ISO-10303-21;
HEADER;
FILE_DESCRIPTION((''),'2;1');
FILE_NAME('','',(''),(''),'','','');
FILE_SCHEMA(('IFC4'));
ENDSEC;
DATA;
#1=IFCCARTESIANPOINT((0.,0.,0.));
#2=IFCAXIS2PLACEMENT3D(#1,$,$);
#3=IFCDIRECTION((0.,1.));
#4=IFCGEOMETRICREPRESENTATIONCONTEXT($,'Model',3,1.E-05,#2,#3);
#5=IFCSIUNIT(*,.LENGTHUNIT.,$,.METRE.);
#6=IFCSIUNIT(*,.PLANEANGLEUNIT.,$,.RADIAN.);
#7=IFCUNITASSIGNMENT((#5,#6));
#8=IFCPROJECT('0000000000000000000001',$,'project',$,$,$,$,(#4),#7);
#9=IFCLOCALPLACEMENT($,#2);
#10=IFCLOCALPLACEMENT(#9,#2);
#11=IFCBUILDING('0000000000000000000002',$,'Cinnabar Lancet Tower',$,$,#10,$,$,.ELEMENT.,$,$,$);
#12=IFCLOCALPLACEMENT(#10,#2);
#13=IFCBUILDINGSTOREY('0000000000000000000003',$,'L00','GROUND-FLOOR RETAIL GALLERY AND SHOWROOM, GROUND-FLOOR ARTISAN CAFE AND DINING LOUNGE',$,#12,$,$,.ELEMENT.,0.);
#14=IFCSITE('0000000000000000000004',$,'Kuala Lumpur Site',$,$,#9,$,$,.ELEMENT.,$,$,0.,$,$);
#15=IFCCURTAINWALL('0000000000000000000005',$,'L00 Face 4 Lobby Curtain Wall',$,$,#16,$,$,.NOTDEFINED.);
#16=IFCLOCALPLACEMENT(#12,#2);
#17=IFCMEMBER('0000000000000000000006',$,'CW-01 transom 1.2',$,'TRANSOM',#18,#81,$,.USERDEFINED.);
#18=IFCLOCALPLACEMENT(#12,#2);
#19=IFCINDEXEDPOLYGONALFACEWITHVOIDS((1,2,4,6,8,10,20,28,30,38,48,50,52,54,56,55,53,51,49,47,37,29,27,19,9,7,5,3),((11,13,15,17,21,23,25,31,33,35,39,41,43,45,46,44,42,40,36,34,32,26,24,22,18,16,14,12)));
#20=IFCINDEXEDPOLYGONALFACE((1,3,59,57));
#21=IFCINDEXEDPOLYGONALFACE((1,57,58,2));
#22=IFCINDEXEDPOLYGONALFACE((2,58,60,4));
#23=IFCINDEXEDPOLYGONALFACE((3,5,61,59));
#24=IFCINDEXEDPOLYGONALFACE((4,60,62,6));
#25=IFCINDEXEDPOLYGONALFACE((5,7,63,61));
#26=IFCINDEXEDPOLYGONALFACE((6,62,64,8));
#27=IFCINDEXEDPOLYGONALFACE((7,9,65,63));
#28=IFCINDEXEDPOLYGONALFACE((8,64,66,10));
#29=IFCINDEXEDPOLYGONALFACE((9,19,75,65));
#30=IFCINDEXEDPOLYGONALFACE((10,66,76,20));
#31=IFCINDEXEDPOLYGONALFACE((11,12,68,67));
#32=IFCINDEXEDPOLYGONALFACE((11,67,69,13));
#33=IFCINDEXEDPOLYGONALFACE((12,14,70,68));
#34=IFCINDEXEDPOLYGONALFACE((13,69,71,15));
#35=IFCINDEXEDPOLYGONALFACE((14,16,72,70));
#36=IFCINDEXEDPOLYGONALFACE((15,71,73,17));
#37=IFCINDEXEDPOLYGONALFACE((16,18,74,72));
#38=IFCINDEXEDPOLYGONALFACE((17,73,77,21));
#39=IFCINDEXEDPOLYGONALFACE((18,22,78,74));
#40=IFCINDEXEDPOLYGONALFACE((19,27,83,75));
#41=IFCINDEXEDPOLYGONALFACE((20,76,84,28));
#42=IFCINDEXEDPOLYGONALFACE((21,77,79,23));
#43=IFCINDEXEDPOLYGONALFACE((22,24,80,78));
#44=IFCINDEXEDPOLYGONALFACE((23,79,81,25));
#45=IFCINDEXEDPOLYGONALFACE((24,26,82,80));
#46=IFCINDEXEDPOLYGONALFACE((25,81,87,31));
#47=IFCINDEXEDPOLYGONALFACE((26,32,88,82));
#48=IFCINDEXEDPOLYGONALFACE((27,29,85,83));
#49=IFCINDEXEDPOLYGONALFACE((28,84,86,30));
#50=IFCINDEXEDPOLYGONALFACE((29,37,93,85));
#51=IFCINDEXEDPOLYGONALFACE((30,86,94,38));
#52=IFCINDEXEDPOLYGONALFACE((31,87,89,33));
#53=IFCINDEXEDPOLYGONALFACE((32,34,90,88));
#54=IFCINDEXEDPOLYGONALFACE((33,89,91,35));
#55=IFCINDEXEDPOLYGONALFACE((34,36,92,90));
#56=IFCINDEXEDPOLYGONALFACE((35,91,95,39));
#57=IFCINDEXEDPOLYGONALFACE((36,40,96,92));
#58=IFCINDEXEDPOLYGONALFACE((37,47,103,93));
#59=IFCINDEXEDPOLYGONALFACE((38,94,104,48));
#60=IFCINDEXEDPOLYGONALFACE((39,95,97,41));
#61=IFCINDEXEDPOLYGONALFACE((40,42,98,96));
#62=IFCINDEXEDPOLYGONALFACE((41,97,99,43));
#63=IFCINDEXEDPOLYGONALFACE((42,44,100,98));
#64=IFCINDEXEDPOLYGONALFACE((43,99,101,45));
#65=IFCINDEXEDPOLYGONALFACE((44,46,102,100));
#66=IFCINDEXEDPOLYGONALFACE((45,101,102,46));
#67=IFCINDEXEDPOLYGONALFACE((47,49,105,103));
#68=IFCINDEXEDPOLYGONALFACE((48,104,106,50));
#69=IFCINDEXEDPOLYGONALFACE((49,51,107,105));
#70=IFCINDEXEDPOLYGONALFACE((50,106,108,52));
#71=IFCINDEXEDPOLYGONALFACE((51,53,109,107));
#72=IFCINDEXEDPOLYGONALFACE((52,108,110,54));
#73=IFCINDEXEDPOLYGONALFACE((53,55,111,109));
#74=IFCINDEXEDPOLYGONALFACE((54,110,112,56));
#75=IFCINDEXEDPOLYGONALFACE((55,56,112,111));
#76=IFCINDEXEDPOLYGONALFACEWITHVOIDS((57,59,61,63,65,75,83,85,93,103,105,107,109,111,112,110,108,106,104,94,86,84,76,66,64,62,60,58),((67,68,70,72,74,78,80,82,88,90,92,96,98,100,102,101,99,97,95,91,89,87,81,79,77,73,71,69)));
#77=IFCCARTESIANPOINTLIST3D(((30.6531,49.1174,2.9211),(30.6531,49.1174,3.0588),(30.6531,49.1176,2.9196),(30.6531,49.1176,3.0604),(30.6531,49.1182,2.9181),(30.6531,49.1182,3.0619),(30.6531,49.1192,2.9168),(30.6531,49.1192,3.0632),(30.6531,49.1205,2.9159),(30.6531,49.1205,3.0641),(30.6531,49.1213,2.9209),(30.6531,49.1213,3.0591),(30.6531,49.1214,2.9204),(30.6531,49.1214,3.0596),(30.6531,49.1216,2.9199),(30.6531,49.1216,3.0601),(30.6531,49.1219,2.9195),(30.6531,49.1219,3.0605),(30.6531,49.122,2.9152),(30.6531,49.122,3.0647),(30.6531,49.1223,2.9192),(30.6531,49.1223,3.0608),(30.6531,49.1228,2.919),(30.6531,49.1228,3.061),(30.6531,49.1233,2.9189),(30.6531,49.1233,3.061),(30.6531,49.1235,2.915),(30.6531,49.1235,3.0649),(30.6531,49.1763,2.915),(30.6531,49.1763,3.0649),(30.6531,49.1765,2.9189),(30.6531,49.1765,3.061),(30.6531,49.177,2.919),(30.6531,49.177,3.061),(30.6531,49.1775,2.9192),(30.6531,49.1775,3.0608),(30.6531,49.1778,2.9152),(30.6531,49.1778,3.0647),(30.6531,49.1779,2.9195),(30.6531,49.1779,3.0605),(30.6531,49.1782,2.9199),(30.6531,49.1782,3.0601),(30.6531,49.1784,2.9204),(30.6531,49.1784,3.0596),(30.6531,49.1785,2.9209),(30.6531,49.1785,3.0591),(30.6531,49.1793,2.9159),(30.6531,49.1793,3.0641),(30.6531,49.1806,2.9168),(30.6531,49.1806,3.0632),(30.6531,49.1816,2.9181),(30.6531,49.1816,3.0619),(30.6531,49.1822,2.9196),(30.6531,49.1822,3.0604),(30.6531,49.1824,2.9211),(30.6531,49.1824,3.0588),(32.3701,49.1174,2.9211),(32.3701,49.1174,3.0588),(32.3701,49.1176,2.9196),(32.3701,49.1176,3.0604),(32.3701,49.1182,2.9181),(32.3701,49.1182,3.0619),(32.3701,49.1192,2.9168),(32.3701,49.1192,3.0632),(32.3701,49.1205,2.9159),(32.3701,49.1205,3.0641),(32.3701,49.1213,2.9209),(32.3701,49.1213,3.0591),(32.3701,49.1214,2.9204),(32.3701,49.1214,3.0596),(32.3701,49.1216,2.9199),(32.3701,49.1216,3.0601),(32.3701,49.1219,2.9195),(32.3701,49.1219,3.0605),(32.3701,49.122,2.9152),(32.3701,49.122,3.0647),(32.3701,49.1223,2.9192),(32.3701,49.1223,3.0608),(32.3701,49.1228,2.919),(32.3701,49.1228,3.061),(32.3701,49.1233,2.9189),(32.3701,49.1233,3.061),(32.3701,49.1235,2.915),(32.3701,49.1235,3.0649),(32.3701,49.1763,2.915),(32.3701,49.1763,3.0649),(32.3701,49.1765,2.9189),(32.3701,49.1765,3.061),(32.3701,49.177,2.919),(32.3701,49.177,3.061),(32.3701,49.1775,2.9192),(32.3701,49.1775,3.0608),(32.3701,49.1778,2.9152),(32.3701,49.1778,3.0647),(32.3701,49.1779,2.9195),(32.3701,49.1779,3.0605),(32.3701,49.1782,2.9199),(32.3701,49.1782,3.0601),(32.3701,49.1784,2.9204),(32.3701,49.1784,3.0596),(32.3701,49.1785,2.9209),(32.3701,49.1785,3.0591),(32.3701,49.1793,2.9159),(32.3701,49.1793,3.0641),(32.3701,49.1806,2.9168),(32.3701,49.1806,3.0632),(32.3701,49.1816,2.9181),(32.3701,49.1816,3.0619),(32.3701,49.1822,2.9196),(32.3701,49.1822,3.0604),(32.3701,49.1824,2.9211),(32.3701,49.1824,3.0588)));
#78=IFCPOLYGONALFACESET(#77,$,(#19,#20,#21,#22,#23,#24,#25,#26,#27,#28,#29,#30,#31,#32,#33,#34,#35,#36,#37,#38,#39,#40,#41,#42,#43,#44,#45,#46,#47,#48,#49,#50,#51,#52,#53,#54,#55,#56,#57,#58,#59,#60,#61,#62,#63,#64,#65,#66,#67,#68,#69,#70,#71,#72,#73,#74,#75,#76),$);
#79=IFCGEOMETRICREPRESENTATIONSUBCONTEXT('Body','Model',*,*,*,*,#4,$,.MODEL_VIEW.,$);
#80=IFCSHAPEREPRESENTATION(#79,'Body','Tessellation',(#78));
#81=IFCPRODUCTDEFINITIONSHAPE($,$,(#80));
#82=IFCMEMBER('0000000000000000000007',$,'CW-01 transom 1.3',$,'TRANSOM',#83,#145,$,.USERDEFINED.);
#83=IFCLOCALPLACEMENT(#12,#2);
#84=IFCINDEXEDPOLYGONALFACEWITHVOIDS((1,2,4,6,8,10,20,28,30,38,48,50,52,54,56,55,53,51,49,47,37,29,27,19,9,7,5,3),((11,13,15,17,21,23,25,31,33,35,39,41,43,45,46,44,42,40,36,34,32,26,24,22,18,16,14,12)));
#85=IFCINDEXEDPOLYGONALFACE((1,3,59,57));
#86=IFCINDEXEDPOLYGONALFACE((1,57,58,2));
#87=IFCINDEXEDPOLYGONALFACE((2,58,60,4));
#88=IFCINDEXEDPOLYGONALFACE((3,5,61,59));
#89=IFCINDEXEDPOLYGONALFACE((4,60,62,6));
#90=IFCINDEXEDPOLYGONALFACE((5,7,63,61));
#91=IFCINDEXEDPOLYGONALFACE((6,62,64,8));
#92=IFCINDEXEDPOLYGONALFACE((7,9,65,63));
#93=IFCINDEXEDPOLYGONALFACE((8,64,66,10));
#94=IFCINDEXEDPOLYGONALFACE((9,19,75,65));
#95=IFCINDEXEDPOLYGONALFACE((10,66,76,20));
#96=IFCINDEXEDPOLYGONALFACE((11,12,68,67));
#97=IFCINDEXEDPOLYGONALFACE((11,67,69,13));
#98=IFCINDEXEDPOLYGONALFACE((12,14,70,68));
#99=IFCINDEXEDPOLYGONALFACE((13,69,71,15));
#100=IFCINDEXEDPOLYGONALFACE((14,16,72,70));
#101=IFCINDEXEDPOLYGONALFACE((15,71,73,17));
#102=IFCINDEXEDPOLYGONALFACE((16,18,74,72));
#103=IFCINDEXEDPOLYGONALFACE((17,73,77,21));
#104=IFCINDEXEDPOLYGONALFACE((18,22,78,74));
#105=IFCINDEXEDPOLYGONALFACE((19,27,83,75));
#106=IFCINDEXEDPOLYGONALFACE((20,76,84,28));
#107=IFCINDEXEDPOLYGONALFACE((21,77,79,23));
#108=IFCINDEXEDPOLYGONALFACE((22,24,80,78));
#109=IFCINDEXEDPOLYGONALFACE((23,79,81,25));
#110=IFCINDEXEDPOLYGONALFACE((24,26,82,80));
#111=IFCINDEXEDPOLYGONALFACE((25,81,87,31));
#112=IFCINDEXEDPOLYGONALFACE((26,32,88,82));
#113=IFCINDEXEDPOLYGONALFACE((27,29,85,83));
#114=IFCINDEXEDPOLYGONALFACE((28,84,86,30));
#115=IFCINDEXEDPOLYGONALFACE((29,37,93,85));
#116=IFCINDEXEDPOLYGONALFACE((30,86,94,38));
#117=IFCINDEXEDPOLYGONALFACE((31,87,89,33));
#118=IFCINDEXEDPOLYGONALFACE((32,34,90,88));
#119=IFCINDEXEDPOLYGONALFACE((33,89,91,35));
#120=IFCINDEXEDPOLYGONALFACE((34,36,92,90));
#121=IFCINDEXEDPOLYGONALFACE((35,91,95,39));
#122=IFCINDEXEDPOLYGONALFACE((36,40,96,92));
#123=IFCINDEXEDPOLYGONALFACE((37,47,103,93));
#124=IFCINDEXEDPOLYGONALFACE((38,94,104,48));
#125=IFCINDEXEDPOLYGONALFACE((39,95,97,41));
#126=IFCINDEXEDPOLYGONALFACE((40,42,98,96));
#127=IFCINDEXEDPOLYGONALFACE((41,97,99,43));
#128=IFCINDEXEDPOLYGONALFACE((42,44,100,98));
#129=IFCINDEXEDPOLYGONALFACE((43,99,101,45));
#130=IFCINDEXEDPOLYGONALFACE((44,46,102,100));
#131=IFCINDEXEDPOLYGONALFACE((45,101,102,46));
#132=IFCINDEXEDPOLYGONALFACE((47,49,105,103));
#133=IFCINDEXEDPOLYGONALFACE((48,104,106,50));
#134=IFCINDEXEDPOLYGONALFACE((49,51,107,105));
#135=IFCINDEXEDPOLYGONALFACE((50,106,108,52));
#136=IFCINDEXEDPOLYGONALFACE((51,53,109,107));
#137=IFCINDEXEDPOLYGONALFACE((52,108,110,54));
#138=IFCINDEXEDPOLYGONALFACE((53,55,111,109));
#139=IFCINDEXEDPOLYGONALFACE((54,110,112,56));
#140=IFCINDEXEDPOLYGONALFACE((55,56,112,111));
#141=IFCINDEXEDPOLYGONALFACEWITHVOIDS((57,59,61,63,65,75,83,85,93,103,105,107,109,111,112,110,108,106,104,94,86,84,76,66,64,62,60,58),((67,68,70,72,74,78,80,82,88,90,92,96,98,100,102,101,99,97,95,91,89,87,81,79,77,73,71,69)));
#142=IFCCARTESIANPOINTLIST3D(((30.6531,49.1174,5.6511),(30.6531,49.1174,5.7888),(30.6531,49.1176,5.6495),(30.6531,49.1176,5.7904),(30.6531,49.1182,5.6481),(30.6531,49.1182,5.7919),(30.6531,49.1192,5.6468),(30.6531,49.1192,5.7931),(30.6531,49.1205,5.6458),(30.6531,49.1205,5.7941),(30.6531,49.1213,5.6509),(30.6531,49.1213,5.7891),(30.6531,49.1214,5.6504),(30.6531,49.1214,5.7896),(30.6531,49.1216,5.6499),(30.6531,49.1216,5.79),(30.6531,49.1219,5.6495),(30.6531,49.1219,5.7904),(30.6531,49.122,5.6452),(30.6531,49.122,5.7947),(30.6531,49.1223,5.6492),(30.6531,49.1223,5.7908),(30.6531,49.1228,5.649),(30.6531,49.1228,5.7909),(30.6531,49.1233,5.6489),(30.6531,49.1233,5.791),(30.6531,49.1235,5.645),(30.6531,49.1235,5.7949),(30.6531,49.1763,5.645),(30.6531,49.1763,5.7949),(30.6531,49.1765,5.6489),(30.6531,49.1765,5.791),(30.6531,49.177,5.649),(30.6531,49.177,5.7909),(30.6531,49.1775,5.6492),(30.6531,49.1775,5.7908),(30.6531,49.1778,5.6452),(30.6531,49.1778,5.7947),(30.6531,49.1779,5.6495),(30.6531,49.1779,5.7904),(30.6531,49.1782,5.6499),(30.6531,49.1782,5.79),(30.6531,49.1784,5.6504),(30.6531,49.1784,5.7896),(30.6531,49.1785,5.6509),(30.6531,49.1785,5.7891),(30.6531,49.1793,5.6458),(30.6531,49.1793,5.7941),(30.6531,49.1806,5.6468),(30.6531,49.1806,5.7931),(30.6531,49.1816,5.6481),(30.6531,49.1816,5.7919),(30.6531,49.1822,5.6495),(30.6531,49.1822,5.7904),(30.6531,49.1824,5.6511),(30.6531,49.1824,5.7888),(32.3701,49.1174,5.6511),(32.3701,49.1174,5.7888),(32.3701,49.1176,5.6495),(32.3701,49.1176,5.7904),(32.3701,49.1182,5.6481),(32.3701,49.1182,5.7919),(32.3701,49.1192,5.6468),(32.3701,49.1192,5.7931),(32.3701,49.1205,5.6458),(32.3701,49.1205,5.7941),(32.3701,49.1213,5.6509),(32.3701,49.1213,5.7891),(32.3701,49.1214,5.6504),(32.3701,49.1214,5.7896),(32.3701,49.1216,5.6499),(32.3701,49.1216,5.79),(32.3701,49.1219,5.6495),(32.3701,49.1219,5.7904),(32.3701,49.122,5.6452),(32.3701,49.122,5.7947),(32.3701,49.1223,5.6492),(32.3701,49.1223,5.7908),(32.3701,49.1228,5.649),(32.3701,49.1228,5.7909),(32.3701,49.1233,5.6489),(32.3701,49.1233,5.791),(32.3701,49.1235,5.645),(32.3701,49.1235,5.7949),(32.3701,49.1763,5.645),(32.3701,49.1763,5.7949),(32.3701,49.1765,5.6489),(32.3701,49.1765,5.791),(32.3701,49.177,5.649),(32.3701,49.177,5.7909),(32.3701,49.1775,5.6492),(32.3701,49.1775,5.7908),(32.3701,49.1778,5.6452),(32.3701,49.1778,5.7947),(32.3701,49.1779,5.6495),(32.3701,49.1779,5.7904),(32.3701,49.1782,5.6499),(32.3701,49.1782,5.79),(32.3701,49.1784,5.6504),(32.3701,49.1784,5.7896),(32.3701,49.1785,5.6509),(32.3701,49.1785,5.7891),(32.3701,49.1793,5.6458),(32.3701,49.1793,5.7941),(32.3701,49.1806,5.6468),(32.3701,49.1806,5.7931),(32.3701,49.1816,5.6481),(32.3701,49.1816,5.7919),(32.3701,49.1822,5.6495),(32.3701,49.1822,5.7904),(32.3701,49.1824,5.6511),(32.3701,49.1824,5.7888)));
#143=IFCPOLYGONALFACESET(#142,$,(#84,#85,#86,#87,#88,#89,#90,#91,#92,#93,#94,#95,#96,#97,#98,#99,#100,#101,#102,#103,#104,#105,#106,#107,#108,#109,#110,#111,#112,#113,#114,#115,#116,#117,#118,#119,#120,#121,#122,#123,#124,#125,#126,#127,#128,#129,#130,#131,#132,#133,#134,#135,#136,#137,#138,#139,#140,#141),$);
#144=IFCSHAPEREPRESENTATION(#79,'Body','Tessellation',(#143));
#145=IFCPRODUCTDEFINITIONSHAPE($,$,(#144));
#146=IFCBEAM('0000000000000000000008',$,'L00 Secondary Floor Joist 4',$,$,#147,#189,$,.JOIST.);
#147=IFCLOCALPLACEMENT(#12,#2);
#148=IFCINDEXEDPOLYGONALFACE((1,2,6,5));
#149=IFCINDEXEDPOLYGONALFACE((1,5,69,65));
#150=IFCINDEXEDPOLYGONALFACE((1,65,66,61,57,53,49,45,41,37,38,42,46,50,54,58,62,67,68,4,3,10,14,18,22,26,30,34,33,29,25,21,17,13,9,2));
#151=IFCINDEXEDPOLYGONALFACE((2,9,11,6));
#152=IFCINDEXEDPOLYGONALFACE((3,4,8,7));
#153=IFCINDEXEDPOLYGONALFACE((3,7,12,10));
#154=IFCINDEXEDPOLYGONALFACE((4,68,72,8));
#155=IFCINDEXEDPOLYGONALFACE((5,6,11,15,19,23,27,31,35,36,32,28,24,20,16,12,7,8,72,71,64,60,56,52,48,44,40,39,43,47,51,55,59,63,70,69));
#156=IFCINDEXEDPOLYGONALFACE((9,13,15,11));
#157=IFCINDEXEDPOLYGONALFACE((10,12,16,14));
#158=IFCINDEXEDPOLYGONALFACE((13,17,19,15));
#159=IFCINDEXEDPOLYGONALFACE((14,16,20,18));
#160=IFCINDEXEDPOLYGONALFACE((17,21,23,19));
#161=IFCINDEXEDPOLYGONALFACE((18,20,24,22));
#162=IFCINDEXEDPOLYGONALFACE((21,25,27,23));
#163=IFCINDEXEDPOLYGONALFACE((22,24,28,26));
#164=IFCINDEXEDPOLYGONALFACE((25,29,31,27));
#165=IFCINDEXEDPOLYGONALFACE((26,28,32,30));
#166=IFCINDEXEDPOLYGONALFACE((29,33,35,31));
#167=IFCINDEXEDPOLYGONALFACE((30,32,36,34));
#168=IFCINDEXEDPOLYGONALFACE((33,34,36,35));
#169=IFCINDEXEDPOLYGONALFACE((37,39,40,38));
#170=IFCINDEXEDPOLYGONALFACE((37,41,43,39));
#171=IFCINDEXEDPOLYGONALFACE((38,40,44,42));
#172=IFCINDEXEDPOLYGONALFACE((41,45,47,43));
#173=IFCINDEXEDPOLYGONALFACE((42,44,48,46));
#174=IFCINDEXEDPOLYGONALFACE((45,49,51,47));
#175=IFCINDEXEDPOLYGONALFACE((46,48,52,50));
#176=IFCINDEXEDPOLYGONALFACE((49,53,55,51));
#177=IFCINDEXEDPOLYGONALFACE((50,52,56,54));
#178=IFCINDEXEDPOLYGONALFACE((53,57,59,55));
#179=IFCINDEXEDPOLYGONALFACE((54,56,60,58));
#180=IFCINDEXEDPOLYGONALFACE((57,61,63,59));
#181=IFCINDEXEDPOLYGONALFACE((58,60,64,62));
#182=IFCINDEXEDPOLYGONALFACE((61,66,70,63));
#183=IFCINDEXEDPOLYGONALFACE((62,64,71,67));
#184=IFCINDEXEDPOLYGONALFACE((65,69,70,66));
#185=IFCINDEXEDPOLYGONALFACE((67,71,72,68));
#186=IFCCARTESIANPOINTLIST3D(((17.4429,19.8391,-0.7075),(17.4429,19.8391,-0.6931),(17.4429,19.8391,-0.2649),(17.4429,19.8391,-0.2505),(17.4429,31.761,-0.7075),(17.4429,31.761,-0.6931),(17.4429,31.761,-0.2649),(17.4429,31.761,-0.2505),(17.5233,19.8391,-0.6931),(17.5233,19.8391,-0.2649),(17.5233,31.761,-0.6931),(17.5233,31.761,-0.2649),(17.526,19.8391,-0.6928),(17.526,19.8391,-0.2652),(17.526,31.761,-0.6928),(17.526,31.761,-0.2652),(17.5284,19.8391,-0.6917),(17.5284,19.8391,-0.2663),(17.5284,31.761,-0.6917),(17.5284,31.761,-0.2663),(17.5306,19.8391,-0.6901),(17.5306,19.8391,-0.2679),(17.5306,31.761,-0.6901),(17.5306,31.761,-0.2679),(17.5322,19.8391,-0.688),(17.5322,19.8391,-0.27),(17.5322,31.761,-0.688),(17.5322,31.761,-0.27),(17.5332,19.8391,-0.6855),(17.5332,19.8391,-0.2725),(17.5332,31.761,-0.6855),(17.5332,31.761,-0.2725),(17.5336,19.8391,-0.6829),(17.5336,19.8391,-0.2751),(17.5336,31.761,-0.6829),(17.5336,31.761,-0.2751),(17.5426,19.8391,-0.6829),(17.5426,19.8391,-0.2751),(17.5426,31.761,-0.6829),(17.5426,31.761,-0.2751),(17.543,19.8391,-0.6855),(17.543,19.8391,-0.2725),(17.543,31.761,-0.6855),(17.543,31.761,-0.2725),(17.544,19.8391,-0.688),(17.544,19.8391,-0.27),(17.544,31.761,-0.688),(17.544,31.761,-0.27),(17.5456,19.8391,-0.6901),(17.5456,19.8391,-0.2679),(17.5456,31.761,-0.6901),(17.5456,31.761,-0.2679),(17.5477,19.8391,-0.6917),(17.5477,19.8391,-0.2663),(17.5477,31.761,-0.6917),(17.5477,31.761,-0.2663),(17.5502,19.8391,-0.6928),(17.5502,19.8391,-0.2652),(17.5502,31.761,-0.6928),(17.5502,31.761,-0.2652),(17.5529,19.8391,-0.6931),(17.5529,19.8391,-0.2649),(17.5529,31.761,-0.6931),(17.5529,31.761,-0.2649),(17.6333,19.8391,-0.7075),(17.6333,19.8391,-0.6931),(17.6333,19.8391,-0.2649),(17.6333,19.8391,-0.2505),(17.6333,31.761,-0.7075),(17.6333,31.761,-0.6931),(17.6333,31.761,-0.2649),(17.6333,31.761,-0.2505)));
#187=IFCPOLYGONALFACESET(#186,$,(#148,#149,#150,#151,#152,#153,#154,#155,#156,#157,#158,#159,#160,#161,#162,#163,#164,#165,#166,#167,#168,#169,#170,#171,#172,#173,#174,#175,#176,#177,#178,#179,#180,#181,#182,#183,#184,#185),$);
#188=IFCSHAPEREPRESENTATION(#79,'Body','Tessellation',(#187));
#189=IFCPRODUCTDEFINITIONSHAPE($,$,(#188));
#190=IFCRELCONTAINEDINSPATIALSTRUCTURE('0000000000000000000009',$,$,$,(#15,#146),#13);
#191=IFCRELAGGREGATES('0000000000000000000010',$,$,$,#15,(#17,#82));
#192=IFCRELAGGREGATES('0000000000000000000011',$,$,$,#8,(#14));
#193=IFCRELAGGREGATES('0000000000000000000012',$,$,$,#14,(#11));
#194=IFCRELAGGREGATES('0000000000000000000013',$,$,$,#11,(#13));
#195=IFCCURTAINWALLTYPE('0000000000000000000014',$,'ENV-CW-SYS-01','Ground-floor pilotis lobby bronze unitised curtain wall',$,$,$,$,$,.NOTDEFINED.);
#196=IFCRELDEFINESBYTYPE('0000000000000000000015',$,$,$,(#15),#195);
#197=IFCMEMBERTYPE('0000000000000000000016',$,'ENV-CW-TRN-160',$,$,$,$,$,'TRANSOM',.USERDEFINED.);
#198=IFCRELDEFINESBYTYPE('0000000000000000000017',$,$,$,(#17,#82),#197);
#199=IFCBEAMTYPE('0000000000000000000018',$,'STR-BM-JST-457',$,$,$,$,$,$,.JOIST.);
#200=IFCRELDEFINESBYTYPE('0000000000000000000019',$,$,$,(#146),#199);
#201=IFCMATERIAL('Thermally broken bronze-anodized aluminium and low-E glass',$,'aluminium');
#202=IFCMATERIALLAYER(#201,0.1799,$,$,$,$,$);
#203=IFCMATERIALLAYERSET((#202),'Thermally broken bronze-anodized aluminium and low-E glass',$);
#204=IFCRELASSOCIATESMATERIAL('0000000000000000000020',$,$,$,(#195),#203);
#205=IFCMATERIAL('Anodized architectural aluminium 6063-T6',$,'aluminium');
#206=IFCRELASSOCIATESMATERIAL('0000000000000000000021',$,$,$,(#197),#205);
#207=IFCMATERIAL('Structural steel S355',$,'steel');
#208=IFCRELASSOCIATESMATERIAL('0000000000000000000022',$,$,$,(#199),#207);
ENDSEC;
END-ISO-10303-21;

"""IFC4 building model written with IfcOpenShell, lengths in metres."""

from ifc_helpers import new_model, si_unit, direction, frame, origin, origin_2d, place, context, subcontext, project, spatial, hollow_rectangle, i_section, extrude, material, layer, layer_set, material_profile, profile_set, type_object, element, aggregate, save


model = new_model("IFC4")

# Units and contexts
model_context = context("Model", 3, precision=1e-05, world=origin(), true_north=direction((0.0, 1.0)))
body_context = subcontext(model_context, "Body", "Model", "MODEL_VIEW")
ifc_project = project(units=[si_unit("LENGTHUNIT", "METRE"), si_unit("PLANEANGLEUNIT", "RADIAN")], contexts=[model_context])

# Site, building, storey
site_placement = place(None, origin())
site = spatial("IfcSite", under=ifc_project, at=site_placement, Name="Kuala Lumpur Site", CompositionType="ELEMENT", RefElevation=0.0)
building_placement = place(site_placement, origin())
building = spatial("IfcBuilding", under=site, at=building_placement, Name="Cinnabar Lancet Tower", CompositionType="ELEMENT")
storey_placement = place(building_placement, origin())
storey = spatial("IfcBuildingStorey", under=building, at=storey_placement, Name="L00", Description="GROUND-FLOOR RETAIL GALLERY AND SHOWROOM, GROUND-FLOOR ARTISAN CAFE AND DINING LOUNGE", CompositionType="ELEMENT", Elevation=0.0)

# Curtain wall, members
ifc_material_1 = material(Name="Thermally broken bronze-anodized aluminium and low-E glass", Category="aluminium")
ifc_layer_1 = layer(ifc_material_1, 0.1799)
ifc_layer_set_1 = layer_set([ifc_layer_1], Name="Thermally broken bronze-anodized aluminium and low-E glass")
curtain_wall_type = type_object("IfcCurtainWallType", Name="ENV-CW-SYS-01", Description="Ground-floor pilotis lobby bronze unitised curtain wall", PredefinedType="NOTDEFINED", material=ifc_layer_set_1)
curtain_wall_placement = place(storey_placement, origin())
curtain_wall = element("IfcCurtainWall", 1, at=curtain_wall_placement, inside=storey, type_object=curtain_wall_type, Name="L00 Face 4 Lobby Curtain Wall", PredefinedType="NOTDEFINED")
ifc_material_2 = material(Name="Anodized architectural aluminium 6063-T6", Category="aluminium")
ifc_material_profile_1 = material_profile(ifc_material_2, hollow_rectangle(XDim=0.0649, YDim=0.1499, WallThickness=0.0039, InnerFilletRadius=0.002, OuterFilletRadius=0.0061, at=origin_2d()), Name="CW-TRN 150x65x4")
ifc_profile_set_1 = profile_set([ifc_material_profile_1], Name="Anodized architectural aluminium 6063-T6")
member_type_1 = type_object("IfcMemberType", Name="ENV-CW-TRN-160", ElementType="TRANSOM", PredefinedType="USERDEFINED", material=ifc_profile_set_1)
member_1_placement = place(storey_placement, frame((30.6531, 49.1499, 2.99), z_axis=(1.0, 0.0, 0.0), x_axis=(0.0, 1.0, 0.0)))
member_1 = element("IfcMember", 2, at=member_1_placement, type_object=member_type_1, Name="CW-01 transom 1.2", ObjectType="TRANSOM", PredefinedType="USERDEFINED", context=body_context, shape_type="SweptSolid", body=[
    extrude(hollow_rectangle(XDim=0.0649, YDim=0.1499, WallThickness=0.0039, InnerFilletRadius=0.002, OuterFilletRadius=0.0061, at=origin_2d()), origin(), (0.0, 0.0, 1.0), 1.717),
])
member_2_placement = place(storey_placement, frame((30.6531, 49.1499, 5.72), z_axis=(1.0, 0.0, 0.0), x_axis=(0.0, 1.0, 0.0)))
member_2 = element("IfcMember", 3, at=member_2_placement, type_object=member_type_1, Name="CW-01 transom 1.3", ObjectType="TRANSOM", PredefinedType="USERDEFINED", context=body_context, shape_type="SweptSolid", body=[
    extrude(hollow_rectangle(XDim=0.0649, YDim=0.1499, WallThickness=0.0039, InnerFilletRadius=0.002, OuterFilletRadius=0.0061, at=origin_2d()), origin(), (0.0, 0.0, 1.0), 1.717),
])
aggregate(curtain_wall, [member_1, member_2])

# Beam
ifc_material_3 = material(Name="Structural steel S355", Category="steel")
ifc_material_profile_2 = material_profile(ifc_material_3, i_section(OverallWidth=0.1904, OverallDepth=0.457, WebThickness=0.009, FlangeThickness=0.0144, FilletRadius=0.0103, at=origin_2d()), Name="UKB 457x191x74")
ifc_profile_set_2 = profile_set([ifc_material_profile_2], Name="Structural steel S355")
beam_type = type_object("IfcBeamType", Name="STR-BM-JST-457", PredefinedType="JOIST", material=ifc_profile_set_2)
beam_placement = place(storey_placement, frame((17.5381, 31.761, -0.479), z_axis=(0.0, -1.0, 0.0), x_axis=(1.0, 0.0, 0.0)))
element("IfcBeam", 4, at=beam_placement, inside=storey, type_object=beam_type, Name="L00 Secondary Floor Joist 4", PredefinedType="JOIST", context=body_context, shape_type="SweptSolid", body=[
    extrude(i_section(OverallWidth=0.1904, OverallDepth=0.457, WebThickness=0.009, FlangeThickness=0.0144, FilletRadius=0.0103, at=origin_2d()), origin(), (0.0, 0.0, 1.0), 11.9219),
])

save(model, "model.ifc")
